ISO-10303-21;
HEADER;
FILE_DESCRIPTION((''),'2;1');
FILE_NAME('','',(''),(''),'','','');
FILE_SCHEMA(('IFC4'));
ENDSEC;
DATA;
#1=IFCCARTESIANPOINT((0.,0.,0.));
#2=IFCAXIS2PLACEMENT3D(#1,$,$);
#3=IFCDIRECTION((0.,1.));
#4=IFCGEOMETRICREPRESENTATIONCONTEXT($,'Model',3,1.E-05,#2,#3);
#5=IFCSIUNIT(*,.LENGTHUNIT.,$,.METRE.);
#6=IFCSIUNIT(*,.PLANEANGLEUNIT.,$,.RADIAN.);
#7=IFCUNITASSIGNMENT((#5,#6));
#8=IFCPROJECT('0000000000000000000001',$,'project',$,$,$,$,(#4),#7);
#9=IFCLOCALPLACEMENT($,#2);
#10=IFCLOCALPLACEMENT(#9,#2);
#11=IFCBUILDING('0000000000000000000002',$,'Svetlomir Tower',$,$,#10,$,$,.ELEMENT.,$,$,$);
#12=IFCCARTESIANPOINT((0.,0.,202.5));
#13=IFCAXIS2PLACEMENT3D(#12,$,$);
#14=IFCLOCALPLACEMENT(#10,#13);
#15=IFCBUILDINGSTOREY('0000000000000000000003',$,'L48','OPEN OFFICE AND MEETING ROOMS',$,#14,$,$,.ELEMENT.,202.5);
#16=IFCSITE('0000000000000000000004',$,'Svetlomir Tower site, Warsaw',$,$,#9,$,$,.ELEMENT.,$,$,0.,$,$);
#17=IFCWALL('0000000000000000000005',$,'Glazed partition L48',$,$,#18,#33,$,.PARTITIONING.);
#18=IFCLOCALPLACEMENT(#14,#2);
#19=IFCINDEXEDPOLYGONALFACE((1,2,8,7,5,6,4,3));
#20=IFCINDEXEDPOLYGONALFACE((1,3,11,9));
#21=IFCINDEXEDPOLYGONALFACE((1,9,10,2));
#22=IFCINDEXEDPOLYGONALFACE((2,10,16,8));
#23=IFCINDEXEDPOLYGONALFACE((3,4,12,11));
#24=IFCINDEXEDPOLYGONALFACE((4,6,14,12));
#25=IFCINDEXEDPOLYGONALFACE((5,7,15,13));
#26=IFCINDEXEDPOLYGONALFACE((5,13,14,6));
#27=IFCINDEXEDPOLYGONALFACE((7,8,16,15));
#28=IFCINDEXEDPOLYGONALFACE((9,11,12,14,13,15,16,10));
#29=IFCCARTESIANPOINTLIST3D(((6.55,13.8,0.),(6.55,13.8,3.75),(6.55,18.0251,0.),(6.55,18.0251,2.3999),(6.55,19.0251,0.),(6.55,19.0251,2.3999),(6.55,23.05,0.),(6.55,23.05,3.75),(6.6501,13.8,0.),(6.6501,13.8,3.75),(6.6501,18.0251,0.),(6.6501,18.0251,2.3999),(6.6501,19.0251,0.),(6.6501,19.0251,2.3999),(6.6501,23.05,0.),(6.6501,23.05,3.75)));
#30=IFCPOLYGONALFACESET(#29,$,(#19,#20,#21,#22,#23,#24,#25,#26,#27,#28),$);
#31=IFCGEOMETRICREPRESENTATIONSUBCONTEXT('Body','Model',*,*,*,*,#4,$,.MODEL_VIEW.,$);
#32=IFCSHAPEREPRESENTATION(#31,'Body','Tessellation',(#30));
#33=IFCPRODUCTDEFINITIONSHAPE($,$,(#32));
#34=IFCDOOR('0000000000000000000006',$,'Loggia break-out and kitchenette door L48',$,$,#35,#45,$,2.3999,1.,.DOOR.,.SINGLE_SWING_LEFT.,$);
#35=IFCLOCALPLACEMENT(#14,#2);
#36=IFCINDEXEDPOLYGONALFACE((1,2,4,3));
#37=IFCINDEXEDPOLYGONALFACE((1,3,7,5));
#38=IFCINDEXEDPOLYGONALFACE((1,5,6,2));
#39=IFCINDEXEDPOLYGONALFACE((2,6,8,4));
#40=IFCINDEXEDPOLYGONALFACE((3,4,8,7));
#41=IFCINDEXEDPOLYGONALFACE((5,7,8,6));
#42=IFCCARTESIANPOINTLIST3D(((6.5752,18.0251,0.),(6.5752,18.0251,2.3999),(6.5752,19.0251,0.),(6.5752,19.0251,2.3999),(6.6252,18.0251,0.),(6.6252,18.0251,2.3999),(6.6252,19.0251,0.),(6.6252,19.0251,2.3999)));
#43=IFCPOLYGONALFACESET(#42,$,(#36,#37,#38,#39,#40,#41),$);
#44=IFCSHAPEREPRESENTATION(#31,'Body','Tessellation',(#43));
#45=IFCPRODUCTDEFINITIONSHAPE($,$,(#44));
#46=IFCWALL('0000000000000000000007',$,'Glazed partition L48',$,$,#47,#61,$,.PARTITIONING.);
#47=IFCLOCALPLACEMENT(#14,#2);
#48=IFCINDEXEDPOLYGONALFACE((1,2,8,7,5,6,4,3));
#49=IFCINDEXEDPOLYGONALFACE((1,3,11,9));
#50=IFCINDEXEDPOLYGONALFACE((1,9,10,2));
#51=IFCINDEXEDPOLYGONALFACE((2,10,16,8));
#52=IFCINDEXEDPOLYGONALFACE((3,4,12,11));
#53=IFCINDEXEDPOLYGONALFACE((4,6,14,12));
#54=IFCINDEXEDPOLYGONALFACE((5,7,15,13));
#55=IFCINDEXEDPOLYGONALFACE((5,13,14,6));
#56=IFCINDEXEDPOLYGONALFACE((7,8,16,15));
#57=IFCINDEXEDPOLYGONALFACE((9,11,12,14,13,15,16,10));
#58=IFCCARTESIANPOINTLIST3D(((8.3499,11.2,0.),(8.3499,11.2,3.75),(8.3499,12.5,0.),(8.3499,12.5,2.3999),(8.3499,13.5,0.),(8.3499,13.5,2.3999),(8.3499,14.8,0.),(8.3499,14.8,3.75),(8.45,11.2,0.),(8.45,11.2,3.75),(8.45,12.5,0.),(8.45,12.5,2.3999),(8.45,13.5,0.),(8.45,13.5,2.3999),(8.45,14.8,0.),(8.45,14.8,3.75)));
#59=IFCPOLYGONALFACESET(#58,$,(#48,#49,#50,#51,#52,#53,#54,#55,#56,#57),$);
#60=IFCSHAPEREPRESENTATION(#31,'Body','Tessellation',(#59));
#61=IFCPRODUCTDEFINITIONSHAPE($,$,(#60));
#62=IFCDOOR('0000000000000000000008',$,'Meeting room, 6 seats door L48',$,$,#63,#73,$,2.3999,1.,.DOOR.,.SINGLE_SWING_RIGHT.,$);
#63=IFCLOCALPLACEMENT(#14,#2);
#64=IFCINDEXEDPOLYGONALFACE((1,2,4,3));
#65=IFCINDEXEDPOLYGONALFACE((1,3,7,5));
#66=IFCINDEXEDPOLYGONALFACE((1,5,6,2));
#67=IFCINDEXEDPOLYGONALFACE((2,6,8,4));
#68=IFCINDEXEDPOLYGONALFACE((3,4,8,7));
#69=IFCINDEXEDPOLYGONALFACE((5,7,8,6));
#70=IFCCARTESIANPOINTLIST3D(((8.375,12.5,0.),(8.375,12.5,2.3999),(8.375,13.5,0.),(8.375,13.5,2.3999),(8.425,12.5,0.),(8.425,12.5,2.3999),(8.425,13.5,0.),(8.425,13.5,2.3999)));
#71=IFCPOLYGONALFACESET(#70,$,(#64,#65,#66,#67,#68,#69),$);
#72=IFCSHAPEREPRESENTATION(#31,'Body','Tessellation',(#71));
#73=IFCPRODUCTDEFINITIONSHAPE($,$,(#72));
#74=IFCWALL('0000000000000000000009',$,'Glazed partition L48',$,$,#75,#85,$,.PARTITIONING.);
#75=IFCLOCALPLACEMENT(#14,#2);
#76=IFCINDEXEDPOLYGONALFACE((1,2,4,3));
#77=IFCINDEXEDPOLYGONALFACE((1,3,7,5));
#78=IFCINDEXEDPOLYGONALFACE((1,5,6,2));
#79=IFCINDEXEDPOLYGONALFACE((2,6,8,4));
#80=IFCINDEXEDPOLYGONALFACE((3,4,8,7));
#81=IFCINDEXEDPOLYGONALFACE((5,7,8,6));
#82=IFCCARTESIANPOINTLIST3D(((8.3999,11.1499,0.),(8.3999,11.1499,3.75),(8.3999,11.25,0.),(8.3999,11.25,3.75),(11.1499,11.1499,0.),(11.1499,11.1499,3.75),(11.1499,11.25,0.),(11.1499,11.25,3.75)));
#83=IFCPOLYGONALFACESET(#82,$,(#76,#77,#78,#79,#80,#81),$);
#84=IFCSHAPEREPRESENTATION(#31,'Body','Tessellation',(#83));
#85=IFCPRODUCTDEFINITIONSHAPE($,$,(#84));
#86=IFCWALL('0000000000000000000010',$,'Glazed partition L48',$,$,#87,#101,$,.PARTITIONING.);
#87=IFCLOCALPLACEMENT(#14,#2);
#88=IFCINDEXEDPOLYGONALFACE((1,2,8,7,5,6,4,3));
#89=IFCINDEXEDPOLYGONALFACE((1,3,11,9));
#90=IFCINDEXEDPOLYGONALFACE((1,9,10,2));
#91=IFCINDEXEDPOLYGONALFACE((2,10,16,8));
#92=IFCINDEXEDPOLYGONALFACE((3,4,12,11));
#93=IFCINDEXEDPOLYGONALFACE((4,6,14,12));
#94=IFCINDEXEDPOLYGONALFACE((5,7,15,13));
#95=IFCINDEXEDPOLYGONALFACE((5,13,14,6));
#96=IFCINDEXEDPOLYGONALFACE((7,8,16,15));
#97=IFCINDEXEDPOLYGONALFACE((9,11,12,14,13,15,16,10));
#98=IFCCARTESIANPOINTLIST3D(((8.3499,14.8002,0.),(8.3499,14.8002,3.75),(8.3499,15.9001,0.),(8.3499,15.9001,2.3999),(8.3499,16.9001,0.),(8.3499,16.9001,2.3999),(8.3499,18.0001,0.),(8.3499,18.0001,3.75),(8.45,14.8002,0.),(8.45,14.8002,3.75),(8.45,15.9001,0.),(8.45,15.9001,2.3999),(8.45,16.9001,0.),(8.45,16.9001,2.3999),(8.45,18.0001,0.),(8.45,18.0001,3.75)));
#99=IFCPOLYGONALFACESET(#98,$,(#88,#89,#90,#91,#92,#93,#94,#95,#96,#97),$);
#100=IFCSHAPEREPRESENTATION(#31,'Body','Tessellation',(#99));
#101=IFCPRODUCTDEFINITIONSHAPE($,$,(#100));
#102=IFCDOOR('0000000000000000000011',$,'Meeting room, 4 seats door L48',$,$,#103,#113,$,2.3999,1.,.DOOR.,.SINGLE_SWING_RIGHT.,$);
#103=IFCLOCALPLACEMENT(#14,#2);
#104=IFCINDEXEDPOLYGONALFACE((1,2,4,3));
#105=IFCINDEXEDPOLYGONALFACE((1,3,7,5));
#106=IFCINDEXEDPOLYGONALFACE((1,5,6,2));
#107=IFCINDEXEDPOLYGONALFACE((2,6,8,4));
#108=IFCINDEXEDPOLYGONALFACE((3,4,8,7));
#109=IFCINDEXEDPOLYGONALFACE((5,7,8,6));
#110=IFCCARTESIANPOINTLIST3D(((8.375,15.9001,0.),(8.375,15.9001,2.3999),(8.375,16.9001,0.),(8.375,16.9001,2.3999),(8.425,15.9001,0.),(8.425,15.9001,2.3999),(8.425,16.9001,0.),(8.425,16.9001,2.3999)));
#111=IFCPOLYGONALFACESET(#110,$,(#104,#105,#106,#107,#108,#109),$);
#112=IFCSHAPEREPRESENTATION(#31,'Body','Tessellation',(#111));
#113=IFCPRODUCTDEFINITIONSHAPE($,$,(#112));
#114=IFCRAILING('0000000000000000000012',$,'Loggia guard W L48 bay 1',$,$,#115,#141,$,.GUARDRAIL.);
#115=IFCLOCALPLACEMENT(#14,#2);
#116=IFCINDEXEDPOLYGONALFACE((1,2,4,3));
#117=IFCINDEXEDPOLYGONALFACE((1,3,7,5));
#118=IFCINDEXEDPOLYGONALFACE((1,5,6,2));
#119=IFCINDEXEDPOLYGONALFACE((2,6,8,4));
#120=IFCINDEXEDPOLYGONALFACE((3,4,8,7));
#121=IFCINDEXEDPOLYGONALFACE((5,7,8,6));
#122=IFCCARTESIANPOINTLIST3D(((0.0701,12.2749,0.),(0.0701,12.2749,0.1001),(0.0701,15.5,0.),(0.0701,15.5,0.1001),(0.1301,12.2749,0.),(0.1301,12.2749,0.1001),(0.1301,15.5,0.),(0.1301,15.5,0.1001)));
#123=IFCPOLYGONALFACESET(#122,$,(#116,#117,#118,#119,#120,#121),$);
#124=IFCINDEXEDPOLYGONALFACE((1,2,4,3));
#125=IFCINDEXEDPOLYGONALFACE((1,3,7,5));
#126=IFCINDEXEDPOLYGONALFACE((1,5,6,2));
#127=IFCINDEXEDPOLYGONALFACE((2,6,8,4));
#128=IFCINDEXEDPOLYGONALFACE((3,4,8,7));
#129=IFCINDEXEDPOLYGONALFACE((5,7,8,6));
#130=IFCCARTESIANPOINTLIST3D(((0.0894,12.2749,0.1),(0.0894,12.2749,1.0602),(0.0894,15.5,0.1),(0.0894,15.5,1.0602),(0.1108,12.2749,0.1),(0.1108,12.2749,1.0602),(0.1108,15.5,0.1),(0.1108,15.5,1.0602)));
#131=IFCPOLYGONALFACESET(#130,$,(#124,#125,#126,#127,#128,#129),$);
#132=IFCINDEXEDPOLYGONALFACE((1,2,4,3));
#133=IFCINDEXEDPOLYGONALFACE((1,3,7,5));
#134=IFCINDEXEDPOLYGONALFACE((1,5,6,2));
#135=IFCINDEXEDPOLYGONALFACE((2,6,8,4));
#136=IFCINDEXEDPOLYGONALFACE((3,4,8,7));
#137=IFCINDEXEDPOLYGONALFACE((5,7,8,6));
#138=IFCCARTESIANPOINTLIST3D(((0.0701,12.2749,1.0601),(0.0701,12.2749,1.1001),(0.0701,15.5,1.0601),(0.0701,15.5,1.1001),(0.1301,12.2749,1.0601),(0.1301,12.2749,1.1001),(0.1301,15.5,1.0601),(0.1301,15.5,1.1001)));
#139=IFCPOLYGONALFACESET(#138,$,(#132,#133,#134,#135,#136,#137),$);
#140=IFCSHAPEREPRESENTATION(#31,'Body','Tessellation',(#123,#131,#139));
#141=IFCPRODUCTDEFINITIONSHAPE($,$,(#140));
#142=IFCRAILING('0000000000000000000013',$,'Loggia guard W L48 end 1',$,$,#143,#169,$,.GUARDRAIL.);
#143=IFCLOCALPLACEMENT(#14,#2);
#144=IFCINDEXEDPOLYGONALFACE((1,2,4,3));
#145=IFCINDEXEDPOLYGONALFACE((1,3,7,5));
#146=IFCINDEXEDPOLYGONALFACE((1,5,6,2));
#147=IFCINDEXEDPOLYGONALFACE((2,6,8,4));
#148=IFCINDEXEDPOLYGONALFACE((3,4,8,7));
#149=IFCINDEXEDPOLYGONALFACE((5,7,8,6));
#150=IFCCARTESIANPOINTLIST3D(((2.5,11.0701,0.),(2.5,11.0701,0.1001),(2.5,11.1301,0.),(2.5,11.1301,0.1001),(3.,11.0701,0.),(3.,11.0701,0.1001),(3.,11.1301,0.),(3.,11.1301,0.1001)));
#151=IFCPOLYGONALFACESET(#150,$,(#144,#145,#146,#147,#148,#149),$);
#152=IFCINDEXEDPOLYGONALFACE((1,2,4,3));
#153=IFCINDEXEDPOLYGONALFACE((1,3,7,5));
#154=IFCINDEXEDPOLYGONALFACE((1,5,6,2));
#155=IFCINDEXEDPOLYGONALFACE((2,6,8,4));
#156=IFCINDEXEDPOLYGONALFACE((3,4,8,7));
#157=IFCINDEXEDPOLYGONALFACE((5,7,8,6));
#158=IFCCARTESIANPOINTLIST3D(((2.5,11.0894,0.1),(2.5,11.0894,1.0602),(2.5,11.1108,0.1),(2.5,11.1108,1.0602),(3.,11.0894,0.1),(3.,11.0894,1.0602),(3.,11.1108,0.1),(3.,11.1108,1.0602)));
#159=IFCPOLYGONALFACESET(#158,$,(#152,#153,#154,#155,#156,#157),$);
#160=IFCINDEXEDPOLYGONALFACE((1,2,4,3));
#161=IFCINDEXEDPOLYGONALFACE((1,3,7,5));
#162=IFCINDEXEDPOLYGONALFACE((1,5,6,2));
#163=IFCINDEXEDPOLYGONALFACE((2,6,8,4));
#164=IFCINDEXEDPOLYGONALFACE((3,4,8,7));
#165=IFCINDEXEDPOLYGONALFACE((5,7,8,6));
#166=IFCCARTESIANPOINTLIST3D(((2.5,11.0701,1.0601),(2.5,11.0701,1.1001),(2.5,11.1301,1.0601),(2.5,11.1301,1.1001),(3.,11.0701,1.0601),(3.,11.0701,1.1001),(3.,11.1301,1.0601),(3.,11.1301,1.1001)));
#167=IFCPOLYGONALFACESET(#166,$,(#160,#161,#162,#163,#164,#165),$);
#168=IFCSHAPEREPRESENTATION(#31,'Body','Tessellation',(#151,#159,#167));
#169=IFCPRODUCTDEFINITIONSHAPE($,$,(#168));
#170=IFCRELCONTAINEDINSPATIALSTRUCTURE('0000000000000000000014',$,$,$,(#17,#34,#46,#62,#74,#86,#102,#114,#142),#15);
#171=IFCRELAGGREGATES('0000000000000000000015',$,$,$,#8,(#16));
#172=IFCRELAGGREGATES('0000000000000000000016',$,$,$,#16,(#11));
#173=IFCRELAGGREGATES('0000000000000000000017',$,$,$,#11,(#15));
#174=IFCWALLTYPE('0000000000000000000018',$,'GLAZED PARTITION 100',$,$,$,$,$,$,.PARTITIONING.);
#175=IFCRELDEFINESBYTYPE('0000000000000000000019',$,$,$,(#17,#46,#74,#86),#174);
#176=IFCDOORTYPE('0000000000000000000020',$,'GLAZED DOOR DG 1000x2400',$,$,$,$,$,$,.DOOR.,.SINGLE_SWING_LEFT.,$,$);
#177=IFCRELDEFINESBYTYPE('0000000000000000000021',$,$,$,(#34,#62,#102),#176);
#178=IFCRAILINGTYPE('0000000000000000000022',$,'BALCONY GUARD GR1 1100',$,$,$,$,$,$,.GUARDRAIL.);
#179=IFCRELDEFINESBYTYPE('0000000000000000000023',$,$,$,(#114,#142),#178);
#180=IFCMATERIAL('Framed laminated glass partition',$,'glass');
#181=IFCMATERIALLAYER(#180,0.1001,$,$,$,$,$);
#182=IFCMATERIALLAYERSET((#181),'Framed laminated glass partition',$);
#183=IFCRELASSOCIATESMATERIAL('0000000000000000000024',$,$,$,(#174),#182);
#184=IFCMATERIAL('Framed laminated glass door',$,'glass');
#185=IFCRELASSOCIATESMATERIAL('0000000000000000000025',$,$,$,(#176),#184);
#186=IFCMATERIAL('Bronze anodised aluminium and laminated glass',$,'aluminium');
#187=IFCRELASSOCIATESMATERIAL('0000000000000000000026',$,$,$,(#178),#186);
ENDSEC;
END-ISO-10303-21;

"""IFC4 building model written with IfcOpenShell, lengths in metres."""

from ifc_helpers import new_model, si_unit, direction, frame, frame_2d, origin, origin_2d, place, context, subcontext, project, spatial, rectangle, extrude, material, layer, layer_set, type_object, element, fill, save


model = new_model("IFC4")

# Units and contexts
model_context = context("Model", 3, precision=1e-05, world=origin(), true_north=direction((0.0, 1.0)))
body_context = subcontext(model_context, "Body", "Model", "MODEL_VIEW")
ifc_project = project(units=[si_unit("LENGTHUNIT", "METRE"), si_unit("PLANEANGLEUNIT", "RADIAN")], contexts=[model_context])

# Site, building, storey
site_placement = place(None, origin())
site = spatial("IfcSite", under=ifc_project, at=site_placement, Name="Svetlomir Tower site, Warsaw", CompositionType="ELEMENT", RefElevation=0.0)
building_placement = place(site_placement, origin())
building = spatial("IfcBuilding", under=site, at=building_placement, Name="Svetlomir Tower", CompositionType="ELEMENT")
storey_placement = place(building_placement, frame((0.0, 0.0, 202.5)))
storey = spatial("IfcBuildingStorey", under=building, at=storey_placement, Name="L48", Description="OPEN OFFICE AND MEETING ROOMS", CompositionType="ELEMENT", Elevation=202.5)

# Shared definitions
ifc_material_1 = material(Name="Framed laminated glass partition", Category="glass")
ifc_layer_1 = layer(ifc_material_1, 0.1001)
ifc_layer_set_1 = layer_set([ifc_layer_1], Name="Framed laminated glass partition")
wall_type_1 = type_object("IfcWallType", Name="GLAZED PARTITION 100", PredefinedType="PARTITIONING", material=ifc_layer_set_1)

# Walls, openings, doors
wall_1_placement = place(storey_placement, frame((6.6001, 13.8, 0.0), z_axis=(0.0, 0.0, 1.0), x_axis=(0.0, 1.0, 0.0)))
wall_1 = element("IfcWall", 1, at=wall_1_placement, inside=storey, type_object=wall_type_1, Name="Glazed partition L48", PredefinedType="PARTITIONING", context=body_context, shape_type="SweptSolid", body=[
    extrude(rectangle(XDim=9.25, YDim=0.1001, at=frame_2d((4.625, 0.0))), origin(), (0.0, 0.0, 1.0), 3.75),
])
opening_1_placement = place(wall_1_placement, frame((4.2251, 0.0, 0.0)))
opening_1 = element("IfcOpeningElement", 2, at=opening_1_placement, cuts=wall_1, PredefinedType="OPENING", context=body_context, shape_type="SweptSolid", body=[
    extrude(rectangle(XDim=1.0, YDim=2.3999, at=frame_2d((0.5, 1.2))), frame((0.0, 0.0601, 0.0), z_axis=(0.0, -1.0, 0.0), x_axis=(1.0, 0.0, 0.0)), (0.0, 0.0, 1.0), 0.1201),
])
ifc_material_2 = material(Name="Framed laminated glass door", Category="glass")
door_type_1 = type_object("IfcDoorType", Name="GLAZED DOOR DG 1000x2400", OperationType="SINGLE_SWING_LEFT", PredefinedType="DOOR", material=ifc_material_2)
door_1_placement = place(opening_1_placement, origin())
door_1 = element("IfcDoor", 3, at=door_1_placement, inside=storey, type_object=door_type_1, Name="Loggia break-out and kitchenette door L48", OperationType="SINGLE_SWING_LEFT", OverallHeight=2.3999, OverallWidth=1.0, PredefinedType="DOOR", context=body_context, shape_type="SweptSolid", body=[
    extrude(rectangle(XDim=1.0, YDim=2.3999, at=frame_2d((0.5, 1.2))), frame((0.0, 0.0249, 0.0), z_axis=(0.0, -1.0, 0.0), x_axis=(1.0, 0.0, 0.0)), (0.0, 0.0, 1.0), 0.05),
])
fill(opening_1, door_1)
wall_2_placement = place(storey_placement, frame((8.3999, 11.2, 0.0), z_axis=(0.0, 0.0, 1.0), x_axis=(0.0, 1.0, 0.0)))
wall_2 = element("IfcWall", 4, at=wall_2_placement, inside=storey, type_object=wall_type_1, Name="Glazed partition L48", PredefinedType="PARTITIONING", context=body_context, shape_type="SweptSolid", body=[
    extrude(rectangle(XDim=3.6001, YDim=0.1001, at=frame_2d((1.8, 0.0))), origin(), (0.0, 0.0, 1.0), 3.75),
])
opening_2_placement = place(wall_2_placement, frame((1.3, 0.0, 0.0)))
opening_2 = element("IfcOpeningElement", 5, at=opening_2_placement, cuts=wall_2, PredefinedType="OPENING", context=body_context, shape_type="SweptSolid", body=[
    extrude(rectangle(XDim=1.0, YDim=2.3999, at=frame_2d((0.5, 1.2))), frame((0.0, 0.0601, 0.0), z_axis=(0.0, -1.0, 0.0), x_axis=(1.0, 0.0, 0.0)), (0.0, 0.0, 1.0), 0.1201),
])
door_2_placement = place(opening_2_placement, origin())
door_2 = element("IfcDoor", 6, at=door_2_placement, inside=storey, type_object=door_type_1, Name="Meeting room, 6 seats door L48", OperationType="SINGLE_SWING_RIGHT", OverallHeight=2.3999, OverallWidth=1.0, PredefinedType="DOOR", context=body_context, shape_type="SweptSolid", body=[
    extrude(rectangle(XDim=1.0, YDim=2.3999, at=frame_2d((0.5, 1.2))), frame((0.0, 0.0249, 0.0), z_axis=(0.0, -1.0, 0.0), x_axis=(1.0, 0.0, 0.0)), (0.0, 0.0, 1.0), 0.05),
])
fill(opening_2, door_2)

# Wall
wall_3_placement = place(storey_placement, frame((8.3999, 11.2, 0.0), z_axis=(0.0, 0.0, 1.0), x_axis=(1.0, 0.0, 0.0)))
element("IfcWall", 7, at=wall_3_placement, inside=storey, type_object=wall_type_1, Name="Glazed partition L48", PredefinedType="PARTITIONING", context=body_context, shape_type="SweptSolid", body=[
    extrude(rectangle(XDim=2.75, YDim=0.1001, at=frame_2d((1.375, 0.0))), origin(), (0.0, 0.0, 1.0), 3.75),
])

# Wall, opening, door
wall_4_placement = place(storey_placement, frame((8.3999, 14.8, 0.0), z_axis=(0.0, 0.0, 1.0), x_axis=(0.0, 1.0, 0.0)))
wall_4 = element("IfcWall", 8, at=wall_4_placement, inside=storey, type_object=wall_type_1, Name="Glazed partition L48", PredefinedType="PARTITIONING", context=body_context, shape_type="SweptSolid", body=[
    extrude(rectangle(XDim=3.2, YDim=0.1001, at=frame_2d((1.6001, 0.0))), origin(), (0.0, 0.0, 1.0), 3.75),
])
opening_3_placement = place(wall_4_placement, frame((1.1001, 0.0, 0.0)))
opening_3 = element("IfcOpeningElement", 9, at=opening_3_placement, cuts=wall_4, PredefinedType="OPENING", context=body_context, shape_type="SweptSolid", body=[
    extrude(rectangle(XDim=1.0, YDim=2.3999, at=frame_2d((0.5, 1.2))), frame((0.0, 0.0601, 0.0), z_axis=(0.0, -1.0, 0.0), x_axis=(1.0, 0.0, 0.0)), (0.0, 0.0, 1.0), 0.1201),
])
door_3_placement = place(opening_3_placement, origin())
door_3 = element("IfcDoor", 10, at=door_3_placement, inside=storey, type_object=door_type_1, Name="Meeting room, 4 seats door L48", OperationType="SINGLE_SWING_RIGHT", OverallHeight=2.3999, OverallWidth=1.0, PredefinedType="DOOR", context=body_context, shape_type="SweptSolid", body=[
    extrude(rectangle(XDim=1.0, YDim=2.3999, at=frame_2d((0.5, 1.2))), frame((0.0, 0.0249, 0.0), z_axis=(0.0, -1.0, 0.0), x_axis=(1.0, 0.0, 0.0)), (0.0, 0.0, 1.0), 0.05),
])
fill(opening_3, door_3)

# Railings
ifc_material_3 = material(Name="Bronze anodised aluminium and laminated glass", Category="aluminium")
railing_type = type_object("IfcRailingType", Name="BALCONY GUARD GR1 1100", PredefinedType="GUARDRAIL", material=ifc_material_3)
railing_1_placement = place(storey_placement, frame((0.1001, 12.2749, 0.0)))
element("IfcRailing", 11, at=railing_1_placement, inside=storey, type_object=railing_type, Name="Loggia guard W L48 bay 1", PredefinedType="GUARDRAIL", context=body_context, shape_type="SweptSolid", body=[
    extrude(rectangle(XDim=0.0601, YDim=0.1001, at=origin_2d()), frame((0.0, 0.0, 0.05), z_axis=(0.0, 1.0, 0.0), x_axis=(-1.0, 0.0, 0.0)), (0.0, 0.0, 1.0), 3.2251),
    extrude(rectangle(XDim=0.0215, YDim=0.9602, at=origin_2d()), frame((0.0, 0.0, 0.5801), z_axis=(0.0, 1.0, 0.0), x_axis=(-1.0, 0.0, 0.0)), (0.0, 0.0, 1.0), 3.2251),
    extrude(rectangle(XDim=0.0601, YDim=0.04, at=origin_2d()), frame((0.0, 0.0, 1.0801), z_axis=(0.0, 1.0, 0.0), x_axis=(-1.0, 0.0, 0.0)), (0.0, 0.0, 1.0), 3.2251),
])
railing_2_placement = place(storey_placement, frame((2.5, 11.1001, 0.0)))
element("IfcRailing", 12, at=railing_2_placement, inside=storey, type_object=railing_type, Name="Loggia guard W L48 end 1", PredefinedType="GUARDRAIL", context=body_context, shape_type="SweptSolid", body=[
    extrude(rectangle(XDim=0.0601, YDim=0.1001, at=origin_2d()), frame((0.0, 0.0, 0.05), z_axis=(1.0, 0.0, 0.0), x_axis=(0.0, 1.0, 0.0)), (0.0, 0.0, 1.0), 0.5),
    extrude(rectangle(XDim=0.0215, YDim=0.9602, at=origin_2d()), frame((0.0, 0.0, 0.5801), z_axis=(1.0, 0.0, 0.0), x_axis=(0.0, 1.0, 0.0)), (0.0, 0.0, 1.0), 0.5),
    extrude(rectangle(XDim=0.0601, YDim=0.04, at=origin_2d()), frame((0.0, 0.0, 1.0801), z_axis=(1.0, 0.0, 0.0), x_axis=(0.0, 1.0, 0.0)), (0.0, 0.0, 1.0), 0.5),
])

save(model, "model.ifc")
